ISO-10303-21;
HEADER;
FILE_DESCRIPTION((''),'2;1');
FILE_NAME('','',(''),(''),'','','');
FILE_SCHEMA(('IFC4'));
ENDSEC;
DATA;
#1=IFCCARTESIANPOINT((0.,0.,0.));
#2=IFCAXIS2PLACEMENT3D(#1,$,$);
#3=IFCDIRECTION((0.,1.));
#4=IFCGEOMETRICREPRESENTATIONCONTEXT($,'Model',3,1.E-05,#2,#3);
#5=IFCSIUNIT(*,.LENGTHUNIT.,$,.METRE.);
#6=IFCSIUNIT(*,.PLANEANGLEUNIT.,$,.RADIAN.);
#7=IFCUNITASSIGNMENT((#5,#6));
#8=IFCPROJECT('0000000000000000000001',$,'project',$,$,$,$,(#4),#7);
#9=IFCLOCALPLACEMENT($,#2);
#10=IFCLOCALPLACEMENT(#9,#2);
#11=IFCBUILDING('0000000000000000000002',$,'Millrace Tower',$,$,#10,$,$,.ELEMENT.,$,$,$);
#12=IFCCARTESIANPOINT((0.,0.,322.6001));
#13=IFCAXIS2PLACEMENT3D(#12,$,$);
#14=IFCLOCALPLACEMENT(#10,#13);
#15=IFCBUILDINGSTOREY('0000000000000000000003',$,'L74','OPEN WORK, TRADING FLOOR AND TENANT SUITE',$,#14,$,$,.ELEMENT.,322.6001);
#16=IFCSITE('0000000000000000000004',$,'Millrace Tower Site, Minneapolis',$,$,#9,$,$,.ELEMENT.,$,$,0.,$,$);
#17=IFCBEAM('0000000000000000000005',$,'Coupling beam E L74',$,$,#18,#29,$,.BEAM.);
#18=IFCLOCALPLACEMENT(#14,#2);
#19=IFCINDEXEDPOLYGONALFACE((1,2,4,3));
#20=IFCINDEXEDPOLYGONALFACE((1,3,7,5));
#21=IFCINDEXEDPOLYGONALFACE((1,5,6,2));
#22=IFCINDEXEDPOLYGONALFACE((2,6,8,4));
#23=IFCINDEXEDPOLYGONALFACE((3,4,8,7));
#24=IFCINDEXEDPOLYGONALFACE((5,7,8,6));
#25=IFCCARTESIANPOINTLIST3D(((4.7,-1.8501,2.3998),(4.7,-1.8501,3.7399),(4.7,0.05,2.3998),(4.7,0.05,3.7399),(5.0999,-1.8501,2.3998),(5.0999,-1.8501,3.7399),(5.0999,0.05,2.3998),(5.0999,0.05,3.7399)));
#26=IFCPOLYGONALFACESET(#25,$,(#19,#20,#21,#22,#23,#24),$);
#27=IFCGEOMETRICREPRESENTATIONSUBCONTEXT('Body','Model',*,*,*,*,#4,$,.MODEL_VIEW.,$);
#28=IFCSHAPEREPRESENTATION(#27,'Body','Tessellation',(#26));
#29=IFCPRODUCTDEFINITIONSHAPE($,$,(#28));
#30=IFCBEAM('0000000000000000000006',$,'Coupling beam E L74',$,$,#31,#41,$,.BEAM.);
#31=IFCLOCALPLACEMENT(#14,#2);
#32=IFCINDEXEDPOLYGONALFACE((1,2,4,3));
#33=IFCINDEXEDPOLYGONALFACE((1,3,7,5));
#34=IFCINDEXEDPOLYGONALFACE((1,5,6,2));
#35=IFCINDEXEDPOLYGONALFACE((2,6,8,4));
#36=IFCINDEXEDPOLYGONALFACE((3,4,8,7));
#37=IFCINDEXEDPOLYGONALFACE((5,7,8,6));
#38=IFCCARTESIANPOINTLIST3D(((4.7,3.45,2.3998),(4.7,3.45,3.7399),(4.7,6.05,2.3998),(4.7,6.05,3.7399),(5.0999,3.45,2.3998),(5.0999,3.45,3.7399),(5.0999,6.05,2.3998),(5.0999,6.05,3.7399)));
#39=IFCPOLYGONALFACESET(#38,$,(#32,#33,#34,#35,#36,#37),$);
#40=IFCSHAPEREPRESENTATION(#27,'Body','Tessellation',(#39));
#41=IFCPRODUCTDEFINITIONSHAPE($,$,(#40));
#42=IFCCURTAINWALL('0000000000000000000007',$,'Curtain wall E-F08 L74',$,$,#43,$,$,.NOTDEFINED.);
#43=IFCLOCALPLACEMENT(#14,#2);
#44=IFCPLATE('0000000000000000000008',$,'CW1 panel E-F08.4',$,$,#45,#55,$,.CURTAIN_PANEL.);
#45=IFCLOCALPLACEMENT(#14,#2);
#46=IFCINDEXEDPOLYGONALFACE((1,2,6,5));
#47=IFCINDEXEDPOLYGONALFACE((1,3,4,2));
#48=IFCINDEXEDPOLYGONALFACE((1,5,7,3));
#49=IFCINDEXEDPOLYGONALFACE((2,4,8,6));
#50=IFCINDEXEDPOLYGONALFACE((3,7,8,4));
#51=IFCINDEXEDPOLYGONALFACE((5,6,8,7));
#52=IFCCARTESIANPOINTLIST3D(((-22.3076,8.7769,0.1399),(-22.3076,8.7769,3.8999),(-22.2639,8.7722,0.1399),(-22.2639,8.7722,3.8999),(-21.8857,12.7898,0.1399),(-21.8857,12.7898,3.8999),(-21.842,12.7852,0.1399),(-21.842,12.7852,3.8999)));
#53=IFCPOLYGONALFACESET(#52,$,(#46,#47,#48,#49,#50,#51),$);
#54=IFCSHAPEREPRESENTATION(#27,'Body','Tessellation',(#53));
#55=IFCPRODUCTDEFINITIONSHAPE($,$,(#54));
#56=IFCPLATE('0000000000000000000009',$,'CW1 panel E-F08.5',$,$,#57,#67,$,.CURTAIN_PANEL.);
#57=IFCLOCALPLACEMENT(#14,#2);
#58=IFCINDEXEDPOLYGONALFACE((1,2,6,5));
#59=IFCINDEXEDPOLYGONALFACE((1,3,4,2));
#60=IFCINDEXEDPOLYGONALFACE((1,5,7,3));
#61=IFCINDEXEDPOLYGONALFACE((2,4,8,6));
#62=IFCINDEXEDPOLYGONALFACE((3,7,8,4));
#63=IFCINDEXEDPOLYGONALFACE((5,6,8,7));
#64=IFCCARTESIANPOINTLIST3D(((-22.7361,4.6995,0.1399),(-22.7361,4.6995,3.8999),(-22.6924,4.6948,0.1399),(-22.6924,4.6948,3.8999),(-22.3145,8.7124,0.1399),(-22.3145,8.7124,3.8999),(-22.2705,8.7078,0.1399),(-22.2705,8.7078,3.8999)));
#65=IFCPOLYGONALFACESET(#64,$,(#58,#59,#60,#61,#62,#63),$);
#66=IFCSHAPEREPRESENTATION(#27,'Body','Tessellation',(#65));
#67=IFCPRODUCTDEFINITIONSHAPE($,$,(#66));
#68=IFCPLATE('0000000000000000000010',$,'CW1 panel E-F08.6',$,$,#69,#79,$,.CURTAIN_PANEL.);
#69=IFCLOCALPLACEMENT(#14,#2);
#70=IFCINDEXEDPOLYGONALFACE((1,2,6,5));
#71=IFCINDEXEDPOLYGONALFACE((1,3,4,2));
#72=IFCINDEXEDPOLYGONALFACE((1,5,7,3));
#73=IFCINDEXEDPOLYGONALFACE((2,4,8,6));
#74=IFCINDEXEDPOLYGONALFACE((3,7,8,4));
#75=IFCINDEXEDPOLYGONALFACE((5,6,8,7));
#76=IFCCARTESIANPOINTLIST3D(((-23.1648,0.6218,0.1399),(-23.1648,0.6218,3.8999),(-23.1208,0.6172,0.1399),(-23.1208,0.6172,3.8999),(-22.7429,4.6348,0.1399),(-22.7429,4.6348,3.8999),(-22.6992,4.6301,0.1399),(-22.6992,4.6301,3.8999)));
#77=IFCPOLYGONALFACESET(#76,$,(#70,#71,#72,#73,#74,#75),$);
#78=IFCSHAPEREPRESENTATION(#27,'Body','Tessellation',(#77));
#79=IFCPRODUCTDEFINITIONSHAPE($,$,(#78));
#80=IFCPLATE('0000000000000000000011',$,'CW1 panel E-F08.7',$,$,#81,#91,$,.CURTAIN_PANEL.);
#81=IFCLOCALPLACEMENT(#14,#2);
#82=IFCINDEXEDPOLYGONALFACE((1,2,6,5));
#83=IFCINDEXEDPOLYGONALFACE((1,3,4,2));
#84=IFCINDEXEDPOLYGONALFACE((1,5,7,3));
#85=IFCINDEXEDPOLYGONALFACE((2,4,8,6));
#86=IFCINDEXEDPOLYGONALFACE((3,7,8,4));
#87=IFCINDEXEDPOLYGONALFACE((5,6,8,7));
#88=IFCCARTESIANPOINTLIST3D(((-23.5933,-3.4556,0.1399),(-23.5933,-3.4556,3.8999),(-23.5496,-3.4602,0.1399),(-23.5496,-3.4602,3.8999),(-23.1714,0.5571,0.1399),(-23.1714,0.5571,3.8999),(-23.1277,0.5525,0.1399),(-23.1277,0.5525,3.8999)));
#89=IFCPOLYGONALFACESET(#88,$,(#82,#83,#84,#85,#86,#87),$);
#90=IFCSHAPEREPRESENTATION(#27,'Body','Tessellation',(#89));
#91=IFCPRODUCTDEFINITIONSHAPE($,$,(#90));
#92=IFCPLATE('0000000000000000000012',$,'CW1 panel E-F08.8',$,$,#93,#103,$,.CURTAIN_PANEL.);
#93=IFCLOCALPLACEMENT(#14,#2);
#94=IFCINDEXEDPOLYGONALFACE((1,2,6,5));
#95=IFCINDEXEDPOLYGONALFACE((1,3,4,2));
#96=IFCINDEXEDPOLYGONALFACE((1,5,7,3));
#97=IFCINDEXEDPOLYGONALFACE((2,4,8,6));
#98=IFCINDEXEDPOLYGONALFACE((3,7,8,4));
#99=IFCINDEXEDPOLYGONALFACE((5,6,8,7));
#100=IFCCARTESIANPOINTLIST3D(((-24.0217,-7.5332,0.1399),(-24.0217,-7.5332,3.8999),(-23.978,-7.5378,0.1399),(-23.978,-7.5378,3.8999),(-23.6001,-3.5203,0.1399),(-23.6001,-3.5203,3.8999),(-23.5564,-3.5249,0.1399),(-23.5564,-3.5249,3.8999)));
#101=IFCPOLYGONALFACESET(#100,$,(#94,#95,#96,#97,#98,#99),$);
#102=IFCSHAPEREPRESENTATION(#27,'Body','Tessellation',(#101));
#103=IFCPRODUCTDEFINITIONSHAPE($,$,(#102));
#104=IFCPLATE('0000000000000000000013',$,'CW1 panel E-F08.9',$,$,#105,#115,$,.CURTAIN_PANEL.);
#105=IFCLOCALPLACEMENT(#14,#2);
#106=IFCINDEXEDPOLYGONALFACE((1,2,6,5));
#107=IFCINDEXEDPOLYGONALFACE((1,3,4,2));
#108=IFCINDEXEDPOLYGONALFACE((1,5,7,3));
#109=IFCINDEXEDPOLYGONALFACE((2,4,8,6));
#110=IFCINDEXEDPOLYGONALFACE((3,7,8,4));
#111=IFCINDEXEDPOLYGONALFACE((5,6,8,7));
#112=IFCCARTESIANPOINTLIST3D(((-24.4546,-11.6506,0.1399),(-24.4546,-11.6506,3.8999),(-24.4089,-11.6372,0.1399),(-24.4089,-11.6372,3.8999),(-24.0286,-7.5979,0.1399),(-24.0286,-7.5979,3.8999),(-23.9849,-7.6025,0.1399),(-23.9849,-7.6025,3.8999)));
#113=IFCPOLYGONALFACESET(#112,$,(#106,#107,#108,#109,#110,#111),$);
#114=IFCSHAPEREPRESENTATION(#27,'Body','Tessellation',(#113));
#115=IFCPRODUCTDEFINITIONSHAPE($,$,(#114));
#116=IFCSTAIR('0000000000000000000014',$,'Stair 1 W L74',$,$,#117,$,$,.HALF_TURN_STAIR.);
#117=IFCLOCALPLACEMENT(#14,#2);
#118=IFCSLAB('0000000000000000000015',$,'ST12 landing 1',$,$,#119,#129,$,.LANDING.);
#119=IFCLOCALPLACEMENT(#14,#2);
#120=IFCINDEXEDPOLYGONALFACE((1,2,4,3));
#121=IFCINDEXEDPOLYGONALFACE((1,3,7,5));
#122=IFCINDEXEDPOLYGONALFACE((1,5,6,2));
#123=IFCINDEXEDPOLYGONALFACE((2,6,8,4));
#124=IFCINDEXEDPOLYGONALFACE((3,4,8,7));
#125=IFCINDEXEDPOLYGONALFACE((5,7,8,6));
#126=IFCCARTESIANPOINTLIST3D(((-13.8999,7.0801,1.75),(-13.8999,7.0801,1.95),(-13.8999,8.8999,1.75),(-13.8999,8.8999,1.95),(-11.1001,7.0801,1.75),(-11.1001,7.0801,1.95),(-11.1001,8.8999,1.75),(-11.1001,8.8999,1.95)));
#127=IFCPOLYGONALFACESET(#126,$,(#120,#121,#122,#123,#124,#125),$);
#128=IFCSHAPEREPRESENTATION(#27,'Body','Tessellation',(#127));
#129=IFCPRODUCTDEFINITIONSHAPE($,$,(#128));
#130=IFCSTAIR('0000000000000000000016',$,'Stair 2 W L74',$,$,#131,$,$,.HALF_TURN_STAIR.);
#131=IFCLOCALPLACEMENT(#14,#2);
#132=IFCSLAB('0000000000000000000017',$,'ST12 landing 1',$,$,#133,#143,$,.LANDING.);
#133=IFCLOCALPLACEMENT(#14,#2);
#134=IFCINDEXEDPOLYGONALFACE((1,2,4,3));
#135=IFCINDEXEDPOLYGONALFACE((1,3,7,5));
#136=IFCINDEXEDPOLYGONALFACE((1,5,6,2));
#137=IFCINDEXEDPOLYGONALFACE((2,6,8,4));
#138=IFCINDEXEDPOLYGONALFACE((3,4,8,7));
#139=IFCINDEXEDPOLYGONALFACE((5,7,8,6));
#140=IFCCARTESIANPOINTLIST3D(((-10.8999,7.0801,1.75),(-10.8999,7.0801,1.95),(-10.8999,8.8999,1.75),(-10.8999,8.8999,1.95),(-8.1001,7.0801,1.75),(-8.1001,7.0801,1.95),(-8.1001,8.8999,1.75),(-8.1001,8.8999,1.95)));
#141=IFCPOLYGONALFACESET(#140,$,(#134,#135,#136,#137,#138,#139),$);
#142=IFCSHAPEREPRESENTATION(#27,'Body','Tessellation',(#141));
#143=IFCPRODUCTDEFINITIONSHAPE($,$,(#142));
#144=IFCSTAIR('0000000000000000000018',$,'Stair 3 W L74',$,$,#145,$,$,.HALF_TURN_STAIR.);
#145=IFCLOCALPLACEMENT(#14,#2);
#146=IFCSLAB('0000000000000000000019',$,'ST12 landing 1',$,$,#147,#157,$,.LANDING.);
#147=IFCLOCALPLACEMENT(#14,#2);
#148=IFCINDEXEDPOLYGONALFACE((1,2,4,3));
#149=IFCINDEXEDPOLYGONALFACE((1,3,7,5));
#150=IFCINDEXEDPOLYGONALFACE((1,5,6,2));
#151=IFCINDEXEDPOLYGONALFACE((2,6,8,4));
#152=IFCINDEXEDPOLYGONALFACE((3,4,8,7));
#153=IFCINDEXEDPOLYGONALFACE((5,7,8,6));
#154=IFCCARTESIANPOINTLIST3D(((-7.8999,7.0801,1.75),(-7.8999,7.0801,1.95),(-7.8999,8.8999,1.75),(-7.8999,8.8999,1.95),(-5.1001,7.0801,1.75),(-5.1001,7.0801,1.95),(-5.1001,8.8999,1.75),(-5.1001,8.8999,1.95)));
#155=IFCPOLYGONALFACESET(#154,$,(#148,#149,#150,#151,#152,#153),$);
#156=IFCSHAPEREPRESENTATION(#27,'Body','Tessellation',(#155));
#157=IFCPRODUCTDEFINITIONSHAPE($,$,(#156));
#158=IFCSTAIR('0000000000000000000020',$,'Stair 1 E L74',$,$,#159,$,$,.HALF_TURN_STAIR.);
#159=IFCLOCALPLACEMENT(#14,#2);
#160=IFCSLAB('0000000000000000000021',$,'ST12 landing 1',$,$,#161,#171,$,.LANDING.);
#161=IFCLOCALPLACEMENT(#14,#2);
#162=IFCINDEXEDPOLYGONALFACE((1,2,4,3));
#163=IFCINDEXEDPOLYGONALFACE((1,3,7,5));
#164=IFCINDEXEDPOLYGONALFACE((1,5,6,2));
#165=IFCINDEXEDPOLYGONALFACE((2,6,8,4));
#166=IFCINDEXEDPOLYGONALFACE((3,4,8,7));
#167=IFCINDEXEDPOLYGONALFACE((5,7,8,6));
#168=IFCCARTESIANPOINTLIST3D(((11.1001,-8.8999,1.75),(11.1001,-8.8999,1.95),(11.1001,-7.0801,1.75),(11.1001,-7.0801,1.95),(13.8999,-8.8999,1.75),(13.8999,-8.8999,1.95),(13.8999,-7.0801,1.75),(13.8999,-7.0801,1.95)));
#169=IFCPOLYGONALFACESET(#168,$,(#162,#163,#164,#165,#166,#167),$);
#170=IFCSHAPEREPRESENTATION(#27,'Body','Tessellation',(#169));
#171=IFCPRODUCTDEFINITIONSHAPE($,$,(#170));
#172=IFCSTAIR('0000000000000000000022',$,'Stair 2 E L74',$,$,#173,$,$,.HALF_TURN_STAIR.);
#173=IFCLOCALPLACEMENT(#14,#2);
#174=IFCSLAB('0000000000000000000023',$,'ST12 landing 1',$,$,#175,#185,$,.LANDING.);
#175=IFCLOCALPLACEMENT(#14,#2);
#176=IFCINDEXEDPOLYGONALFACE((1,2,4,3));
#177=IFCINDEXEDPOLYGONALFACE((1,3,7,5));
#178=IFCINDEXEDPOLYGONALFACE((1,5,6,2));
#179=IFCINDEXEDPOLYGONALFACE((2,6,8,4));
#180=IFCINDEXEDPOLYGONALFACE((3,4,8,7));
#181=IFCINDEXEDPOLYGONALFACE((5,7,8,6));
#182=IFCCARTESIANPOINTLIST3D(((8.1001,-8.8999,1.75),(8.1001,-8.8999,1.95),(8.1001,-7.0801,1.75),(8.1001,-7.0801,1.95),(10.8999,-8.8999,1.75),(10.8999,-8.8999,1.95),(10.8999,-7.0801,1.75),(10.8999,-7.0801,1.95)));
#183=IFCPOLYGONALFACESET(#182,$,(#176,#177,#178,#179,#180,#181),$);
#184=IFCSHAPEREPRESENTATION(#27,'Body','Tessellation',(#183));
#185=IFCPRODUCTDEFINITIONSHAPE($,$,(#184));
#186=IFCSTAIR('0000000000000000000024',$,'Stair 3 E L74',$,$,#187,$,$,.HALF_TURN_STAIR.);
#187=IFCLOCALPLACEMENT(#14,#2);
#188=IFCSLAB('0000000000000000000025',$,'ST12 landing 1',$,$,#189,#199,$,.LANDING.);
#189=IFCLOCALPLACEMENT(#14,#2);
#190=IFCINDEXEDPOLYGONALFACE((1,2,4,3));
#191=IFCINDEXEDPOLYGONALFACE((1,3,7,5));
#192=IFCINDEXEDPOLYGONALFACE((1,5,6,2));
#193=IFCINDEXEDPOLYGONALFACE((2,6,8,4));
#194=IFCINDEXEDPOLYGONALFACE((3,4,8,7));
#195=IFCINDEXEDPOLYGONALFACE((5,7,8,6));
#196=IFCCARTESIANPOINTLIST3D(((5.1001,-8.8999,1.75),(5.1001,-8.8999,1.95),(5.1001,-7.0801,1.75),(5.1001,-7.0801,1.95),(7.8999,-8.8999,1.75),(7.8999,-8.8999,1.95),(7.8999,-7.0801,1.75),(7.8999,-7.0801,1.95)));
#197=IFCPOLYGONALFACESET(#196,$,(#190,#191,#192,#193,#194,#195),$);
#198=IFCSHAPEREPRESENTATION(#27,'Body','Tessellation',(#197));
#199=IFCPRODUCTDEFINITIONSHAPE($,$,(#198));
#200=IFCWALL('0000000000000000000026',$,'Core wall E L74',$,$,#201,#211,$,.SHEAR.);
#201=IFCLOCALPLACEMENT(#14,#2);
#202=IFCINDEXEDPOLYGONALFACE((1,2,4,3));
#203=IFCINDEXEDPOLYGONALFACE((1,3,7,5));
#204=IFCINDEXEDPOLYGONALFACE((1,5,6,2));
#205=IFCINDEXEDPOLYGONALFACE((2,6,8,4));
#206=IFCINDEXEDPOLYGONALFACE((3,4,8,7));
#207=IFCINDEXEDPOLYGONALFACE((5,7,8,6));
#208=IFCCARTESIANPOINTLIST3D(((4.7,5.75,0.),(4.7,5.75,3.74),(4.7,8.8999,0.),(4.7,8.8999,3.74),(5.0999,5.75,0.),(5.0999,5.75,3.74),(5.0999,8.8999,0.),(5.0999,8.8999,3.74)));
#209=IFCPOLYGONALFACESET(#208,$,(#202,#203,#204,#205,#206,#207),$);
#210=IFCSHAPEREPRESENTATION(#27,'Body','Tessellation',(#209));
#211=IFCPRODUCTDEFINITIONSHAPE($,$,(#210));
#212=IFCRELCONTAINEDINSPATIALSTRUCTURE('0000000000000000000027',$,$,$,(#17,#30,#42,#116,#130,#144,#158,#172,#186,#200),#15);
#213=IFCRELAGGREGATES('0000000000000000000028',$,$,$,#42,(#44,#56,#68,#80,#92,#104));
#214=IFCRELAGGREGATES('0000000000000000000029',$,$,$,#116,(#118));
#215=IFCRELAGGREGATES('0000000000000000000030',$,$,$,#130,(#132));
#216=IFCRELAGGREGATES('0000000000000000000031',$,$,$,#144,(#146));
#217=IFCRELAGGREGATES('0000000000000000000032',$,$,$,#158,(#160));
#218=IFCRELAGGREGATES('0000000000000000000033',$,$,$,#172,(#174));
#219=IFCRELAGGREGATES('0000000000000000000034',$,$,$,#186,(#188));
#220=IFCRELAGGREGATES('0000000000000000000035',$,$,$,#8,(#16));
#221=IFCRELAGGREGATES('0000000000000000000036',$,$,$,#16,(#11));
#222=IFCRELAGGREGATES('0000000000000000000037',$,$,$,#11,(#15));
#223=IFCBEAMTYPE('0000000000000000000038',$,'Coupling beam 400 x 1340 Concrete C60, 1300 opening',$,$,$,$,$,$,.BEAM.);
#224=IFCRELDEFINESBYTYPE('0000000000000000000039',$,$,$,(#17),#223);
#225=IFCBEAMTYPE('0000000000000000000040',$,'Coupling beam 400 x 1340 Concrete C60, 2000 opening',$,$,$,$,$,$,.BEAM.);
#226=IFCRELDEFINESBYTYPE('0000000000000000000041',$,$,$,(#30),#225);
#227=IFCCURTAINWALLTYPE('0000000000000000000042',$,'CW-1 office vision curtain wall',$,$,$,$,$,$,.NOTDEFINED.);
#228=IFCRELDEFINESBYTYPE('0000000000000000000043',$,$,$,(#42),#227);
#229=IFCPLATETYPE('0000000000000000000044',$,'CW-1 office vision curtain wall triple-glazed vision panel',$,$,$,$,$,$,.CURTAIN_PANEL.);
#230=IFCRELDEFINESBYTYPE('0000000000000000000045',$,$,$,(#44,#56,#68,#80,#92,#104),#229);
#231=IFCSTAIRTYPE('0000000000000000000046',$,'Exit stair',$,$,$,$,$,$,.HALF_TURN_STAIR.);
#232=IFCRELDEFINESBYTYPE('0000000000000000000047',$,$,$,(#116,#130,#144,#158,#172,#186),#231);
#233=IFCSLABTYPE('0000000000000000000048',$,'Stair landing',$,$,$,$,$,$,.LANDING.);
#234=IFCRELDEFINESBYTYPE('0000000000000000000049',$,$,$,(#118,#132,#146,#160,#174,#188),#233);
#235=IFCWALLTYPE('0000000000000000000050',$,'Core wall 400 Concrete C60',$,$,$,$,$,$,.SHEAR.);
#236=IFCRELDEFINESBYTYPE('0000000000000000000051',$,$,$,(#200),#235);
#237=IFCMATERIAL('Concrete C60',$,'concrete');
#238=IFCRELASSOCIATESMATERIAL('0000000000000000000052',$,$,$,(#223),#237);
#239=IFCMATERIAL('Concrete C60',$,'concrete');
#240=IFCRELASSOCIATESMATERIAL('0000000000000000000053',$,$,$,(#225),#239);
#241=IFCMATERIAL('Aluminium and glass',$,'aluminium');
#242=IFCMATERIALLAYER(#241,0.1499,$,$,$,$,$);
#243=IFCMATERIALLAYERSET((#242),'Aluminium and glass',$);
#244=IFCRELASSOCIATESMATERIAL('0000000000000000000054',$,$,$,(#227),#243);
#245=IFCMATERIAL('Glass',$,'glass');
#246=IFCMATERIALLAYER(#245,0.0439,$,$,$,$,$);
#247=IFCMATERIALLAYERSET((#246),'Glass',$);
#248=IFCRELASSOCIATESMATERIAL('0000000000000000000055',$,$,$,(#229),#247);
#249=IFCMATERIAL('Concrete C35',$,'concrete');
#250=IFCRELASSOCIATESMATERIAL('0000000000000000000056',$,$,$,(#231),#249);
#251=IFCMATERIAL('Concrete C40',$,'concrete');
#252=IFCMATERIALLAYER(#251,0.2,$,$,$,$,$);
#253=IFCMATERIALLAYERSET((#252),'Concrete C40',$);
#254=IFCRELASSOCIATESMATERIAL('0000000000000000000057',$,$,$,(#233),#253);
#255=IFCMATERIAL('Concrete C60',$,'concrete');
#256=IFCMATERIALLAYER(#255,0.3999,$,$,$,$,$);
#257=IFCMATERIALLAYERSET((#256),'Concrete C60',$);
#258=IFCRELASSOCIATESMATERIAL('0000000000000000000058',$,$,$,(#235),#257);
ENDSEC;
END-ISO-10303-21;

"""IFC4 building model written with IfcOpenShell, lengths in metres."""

from ifc_helpers import new_model, si_unit, direction, frame, frame_2d, origin, origin_2d, place, context, subcontext, project, spatial, polyline, rectangle, outline, extrude, material, layer, layer_set, material_profile, profile_set, type_object, element, aggregate, save


model = new_model("IFC4")

# Units and contexts
model_context = context("Model", 3, precision=1e-05, world=origin(), true_north=direction((0.0, 1.0)))
body_context = subcontext(model_context, "Body", "Model", "MODEL_VIEW")
ifc_project = project(units=[si_unit("LENGTHUNIT", "METRE"), si_unit("PLANEANGLEUNIT", "RADIAN")], contexts=[model_context])

# Site, building, storey
site_placement = place(None, origin())
site = spatial("IfcSite", under=ifc_project, at=site_placement, Name="Millrace Tower Site, Minneapolis", CompositionType="ELEMENT", RefElevation=0.0)
building_placement = place(site_placement, origin())
building = spatial("IfcBuilding", under=site, at=building_placement, Name="Millrace Tower", CompositionType="ELEMENT")
storey_placement = place(building_placement, frame((0.0, 0.0, 322.6001)))
storey = spatial("IfcBuildingStorey", under=building, at=storey_placement, Name="L74", Description="OPEN WORK, TRADING FLOOR AND TENANT SUITE", CompositionType="ELEMENT", Elevation=322.6001)

# Beams
ifc_material_1 = material(Name="Concrete C60", Category="concrete")
ifc_material_profile_1 = material_profile(ifc_material_1, rectangle(XDim=0.3999, YDim=1.3401, at=origin_2d()))
ifc_profile_set_1 = profile_set([ifc_material_profile_1], Name="Concrete C60")
beam_type_1 = type_object("IfcBeamType", Name="Coupling beam 400 x 1340 Concrete C60, 1300 opening", PredefinedType="BEAM", material=ifc_profile_set_1)
beam_1_placement = place(storey_placement, frame((4.8999, 0.05, 3.0698), z_axis=(0.0, -1.0, 0.0), x_axis=(1.0, 0.0, 0.0)))
element("IfcBeam", 1, at=beam_1_placement, inside=storey, type_object=beam_type_1, Name="Coupling beam E L74", PredefinedType="BEAM", context=body_context, shape_type="SweptSolid", body=[
    extrude(rectangle(XDim=0.3999, YDim=1.3401, at=origin_2d()), origin(), (0.0, 0.0, 1.0), 1.9001),
])
ifc_material_2 = material(Name="Concrete C60", Category="concrete")
ifc_material_profile_2 = material_profile(ifc_material_2, rectangle(XDim=0.3999, YDim=1.3401, at=origin_2d()))
ifc_profile_set_2 = profile_set([ifc_material_profile_2], Name="Concrete C60")
beam_type_2 = type_object("IfcBeamType", Name="Coupling beam 400 x 1340 Concrete C60, 2000 opening", PredefinedType="BEAM", material=ifc_profile_set_2)
beam_2_placement = place(storey_placement, frame((4.8999, 6.05, 3.0698), z_axis=(0.0, -1.0, 0.0), x_axis=(1.0, 0.0, 0.0)))
element("IfcBeam", 2, at=beam_2_placement, inside=storey, type_object=beam_type_2, Name="Coupling beam E L74", PredefinedType="BEAM", context=body_context, shape_type="SweptSolid", body=[
    extrude(rectangle(XDim=0.3999, YDim=1.3401, at=origin_2d()), origin(), (0.0, 0.0, 1.0), 2.6001),
])

# Curtain wall, plates
ifc_material_3 = material(Name="Aluminium and glass", Category="aluminium")
ifc_layer_1 = layer(ifc_material_3, 0.1499)
ifc_layer_set_1 = layer_set([ifc_layer_1], Name="Aluminium and glass")
curtain_wall_type = type_object("IfcCurtainWallType", Name="CW-1 office vision curtain wall", PredefinedType="NOTDEFINED", material=ifc_layer_set_1)
placement_1 = place(storey_placement, origin())
curtain_wall = element("IfcCurtainWall", 3, at=placement_1, inside=storey, type_object=curtain_wall_type, Name="Curtain wall E-F08 L74", PredefinedType="NOTDEFINED")
ifc_material_4 = material(Name="Glass", Category="glass")
ifc_layer_2 = layer(ifc_material_4, 0.0439)
ifc_layer_set_2 = layer_set([ifc_layer_2], Name="Glass")
plate_type = type_object("IfcPlateType", Name="CW-1 office vision curtain wall triple-glazed vision panel", PredefinedType="CURTAIN_PANEL", material=ifc_layer_set_2)
placement_2 = place(storey_placement, frame((0.0, 0.0, 0.1399)))
plate_1 = element("IfcPlate", 4, at=placement_2, type_object=plate_type, Name="CW1 panel E-F08.4", PredefinedType="CURTAIN_PANEL", context=body_context, shape_type="SweptSolid", body=[
    extrude(outline(polyline([(-21.8857, 12.7898), (-22.3076, 8.7769), (-22.2639, 8.7722), (-21.842, 12.7852), (-21.8857, 12.7898)])), origin(), (0.0, 0.0, 1.0), 3.76),
])
plate_2 = element("IfcPlate", 5, at=placement_2, type_object=plate_type, Name="CW1 panel E-F08.5", PredefinedType="CURTAIN_PANEL", context=body_context, shape_type="SweptSolid", body=[
    extrude(outline(polyline([(-22.3145, 8.7124), (-22.7361, 4.6995), (-22.6924, 4.6948), (-22.2705, 8.7078), (-22.3145, 8.7124)])), origin(), (0.0, 0.0, 1.0), 3.76),
])
plate_3 = element("IfcPlate", 6, at=placement_2, type_object=plate_type, Name="CW1 panel E-F08.6", PredefinedType="CURTAIN_PANEL", context=body_context, shape_type="SweptSolid", body=[
    extrude(outline(polyline([(-22.7429, 4.6348), (-23.1648, 0.6218), (-23.1208, 0.6172), (-22.6992, 4.6301), (-22.7429, 4.6348)])), origin(), (0.0, 0.0, 1.0), 3.76),
])
plate_4 = element("IfcPlate", 7, at=placement_2, type_object=plate_type, Name="CW1 panel E-F08.7", PredefinedType="CURTAIN_PANEL", context=body_context, shape_type="SweptSolid", body=[
    extrude(outline(polyline([(-23.1714, 0.5571), (-23.5933, -3.4556), (-23.5496, -3.4602), (-23.1277, 0.5525), (-23.1714, 0.5571)])), origin(), (0.0, 0.0, 1.0), 3.76),
])
plate_5 = element("IfcPlate", 8, at=placement_2, type_object=plate_type, Name="CW1 panel E-F08.8", PredefinedType="CURTAIN_PANEL", context=body_context, shape_type="SweptSolid", body=[
    extrude(outline(polyline([(-23.6001, -3.5203), (-24.0217, -7.5332), (-23.978, -7.5378), (-23.5564, -3.5249), (-23.6001, -3.5203)])), origin(), (0.0, 0.0, 1.0), 3.76),
])
plate_6 = element("IfcPlate", 9, at=placement_2, type_object=plate_type, Name="CW1 panel E-F08.9", PredefinedType="CURTAIN_PANEL", context=body_context, shape_type="SweptSolid", body=[
    extrude(outline(polyline([(-24.0286, -7.5979), (-24.4546, -11.6506), (-24.4089, -11.6372), (-23.9849, -7.6025), (-24.0286, -7.5979)])), origin(), (0.0, 0.0, 1.0), 3.76),
])
aggregate(curtain_wall, [plate_1, plate_2, plate_3, plate_4, plate_5, plate_6])

# Stairs, slabs
ifc_material_5 = material(Name="Concrete C35", Category="concrete")
stair_type = type_object("IfcStairType", Name="Exit stair", PredefinedType="HALF_TURN_STAIR", material=ifc_material_5)
stair_1 = element("IfcStair", 10, at=placement_1, inside=storey, type_object=stair_type, Name="Stair 1 W L74", PredefinedType="HALF_TURN_STAIR")
ifc_material_6 = material(Name="Concrete C40", Category="concrete")
ifc_layer_3 = layer(ifc_material_6, 0.2)
ifc_layer_set_3 = layer_set([ifc_layer_3], Name="Concrete C40")
slab_type = type_object("IfcSlabType", Name="Stair landing", PredefinedType="LANDING", material=ifc_layer_set_3)
placement_3 = place(storey_placement, frame((0.0, 0.0, 1.75)))
slab_1 = element("IfcSlab", 11, at=placement_3, type_object=slab_type, Name="ST12 landing 1", PredefinedType="LANDING", context=body_context, shape_type="SweptSolid", body=[
    extrude(outline(polyline([(-13.8999, 7.0801), (-11.1001, 7.0801), (-11.1001, 8.8999), (-13.8999, 8.8999), (-13.8999, 7.0801)])), origin(), (0.0, 0.0, 1.0), 0.2),
])
aggregate(stair_1, [slab_1])
stair_2 = element("IfcStair", 12, at=placement_1, inside=storey, type_object=stair_type, Name="Stair 2 W L74", PredefinedType="HALF_TURN_STAIR")
slab_2 = element("IfcSlab", 13, at=placement_3, type_object=slab_type, Name="ST12 landing 1", PredefinedType="LANDING", context=body_context, shape_type="SweptSolid", body=[
    extrude(outline(polyline([(-10.8999, 7.0801), (-8.1001, 7.0801), (-8.1001, 8.8999), (-10.8999, 8.8999), (-10.8999, 7.0801)])), origin(), (0.0, 0.0, 1.0), 0.2),
])
aggregate(stair_2, [slab_2])
stair_3 = element("IfcStair", 14, at=placement_1, inside=storey, type_object=stair_type, Name="Stair 3 W L74", PredefinedType="HALF_TURN_STAIR")
slab_3 = element("IfcSlab", 15, at=placement_3, type_object=slab_type, Name="ST12 landing 1", PredefinedType="LANDING", context=body_context, shape_type="SweptSolid", body=[
    extrude(outline(polyline([(-7.8999, 7.0801), (-5.1001, 7.0801), (-5.1001, 8.8999), (-7.8999, 8.8999), (-7.8999, 7.0801)])), origin(), (0.0, 0.0, 1.0), 0.2),
])
aggregate(stair_3, [slab_3])
stair_4 = element("IfcStair", 16, at=placement_1, inside=storey, type_object=stair_type, Name="Stair 1 E L74", PredefinedType="HALF_TURN_STAIR")
slab_4 = element("IfcSlab", 17, at=placement_3, type_object=slab_type, Name="ST12 landing 1", PredefinedType="LANDING", context=body_context, shape_type="SweptSolid", body=[
    extrude(outline(polyline([(11.1001, -8.8999), (13.8999, -8.8999), (13.8999, -7.0801), (11.1001, -7.0801), (11.1001, -8.8999)])), origin(), (0.0, 0.0, 1.0), 0.2),
])
aggregate(stair_4, [slab_4])
stair_5 = element("IfcStair", 18, at=placement_1, inside=storey, type_object=stair_type, Name="Stair 2 E L74", PredefinedType="HALF_TURN_STAIR")
slab_5 = element("IfcSlab", 19, at=placement_3, type_object=slab_type, Name="ST12 landing 1", PredefinedType="LANDING", context=body_context, shape_type="SweptSolid", body=[
    extrude(outline(polyline([(8.1001, -8.8999), (10.8999, -8.8999), (10.8999, -7.0801), (8.1001, -7.0801), (8.1001, -8.8999)])), origin(), (0.0, 0.0, 1.0), 0.2),
])
aggregate(stair_5, [slab_5])
stair_6 = element("IfcStair", 20, at=placement_1, inside=storey, type_object=stair_type, Name="Stair 3 E L74", PredefinedType="HALF_TURN_STAIR")
slab_6 = element("IfcSlab", 21, at=placement_3, type_object=slab_type, Name="ST12 landing 1", PredefinedType="LANDING", context=body_context, shape_type="SweptSolid", body=[
    extrude(outline(polyline([(5.1001, -8.8999), (7.8999, -8.8999), (7.8999, -7.0801), (5.1001, -7.0801), (5.1001, -8.8999)])), origin(), (0.0, 0.0, 1.0), 0.2),
])
aggregate(stair_6, [slab_6])

# Wall
ifc_material_7 = material(Name="Concrete C60", Category="concrete")
ifc_layer_4 = layer(ifc_material_7, 0.3999)
ifc_layer_set_4 = layer_set([ifc_layer_4], Name="Concrete C60")
wall_type_1 = type_object("IfcWallType", Name="Core wall 400 Concrete C60", PredefinedType="SHEAR", material=ifc_layer_set_4)
wall_1_placement = place(storey_placement, frame((4.8999, 8.8999, 0.0), z_axis=(0.0, 0.0, 1.0), x_axis=(0.0, -1.0, 0.0)))
element("IfcWall", 22, at=wall_1_placement, inside=storey, type_object=wall_type_1, Name="Core wall E L74", PredefinedType="SHEAR", context=body_context, shape_type="SweptSolid", body=[
    extrude(rectangle(XDim=3.1499, YDim=0.3999, at=frame_2d((1.575, 0.0))), origin(), (0.0, 0.0, 1.0), 3.74),
])

save(model, "model.ifc")
